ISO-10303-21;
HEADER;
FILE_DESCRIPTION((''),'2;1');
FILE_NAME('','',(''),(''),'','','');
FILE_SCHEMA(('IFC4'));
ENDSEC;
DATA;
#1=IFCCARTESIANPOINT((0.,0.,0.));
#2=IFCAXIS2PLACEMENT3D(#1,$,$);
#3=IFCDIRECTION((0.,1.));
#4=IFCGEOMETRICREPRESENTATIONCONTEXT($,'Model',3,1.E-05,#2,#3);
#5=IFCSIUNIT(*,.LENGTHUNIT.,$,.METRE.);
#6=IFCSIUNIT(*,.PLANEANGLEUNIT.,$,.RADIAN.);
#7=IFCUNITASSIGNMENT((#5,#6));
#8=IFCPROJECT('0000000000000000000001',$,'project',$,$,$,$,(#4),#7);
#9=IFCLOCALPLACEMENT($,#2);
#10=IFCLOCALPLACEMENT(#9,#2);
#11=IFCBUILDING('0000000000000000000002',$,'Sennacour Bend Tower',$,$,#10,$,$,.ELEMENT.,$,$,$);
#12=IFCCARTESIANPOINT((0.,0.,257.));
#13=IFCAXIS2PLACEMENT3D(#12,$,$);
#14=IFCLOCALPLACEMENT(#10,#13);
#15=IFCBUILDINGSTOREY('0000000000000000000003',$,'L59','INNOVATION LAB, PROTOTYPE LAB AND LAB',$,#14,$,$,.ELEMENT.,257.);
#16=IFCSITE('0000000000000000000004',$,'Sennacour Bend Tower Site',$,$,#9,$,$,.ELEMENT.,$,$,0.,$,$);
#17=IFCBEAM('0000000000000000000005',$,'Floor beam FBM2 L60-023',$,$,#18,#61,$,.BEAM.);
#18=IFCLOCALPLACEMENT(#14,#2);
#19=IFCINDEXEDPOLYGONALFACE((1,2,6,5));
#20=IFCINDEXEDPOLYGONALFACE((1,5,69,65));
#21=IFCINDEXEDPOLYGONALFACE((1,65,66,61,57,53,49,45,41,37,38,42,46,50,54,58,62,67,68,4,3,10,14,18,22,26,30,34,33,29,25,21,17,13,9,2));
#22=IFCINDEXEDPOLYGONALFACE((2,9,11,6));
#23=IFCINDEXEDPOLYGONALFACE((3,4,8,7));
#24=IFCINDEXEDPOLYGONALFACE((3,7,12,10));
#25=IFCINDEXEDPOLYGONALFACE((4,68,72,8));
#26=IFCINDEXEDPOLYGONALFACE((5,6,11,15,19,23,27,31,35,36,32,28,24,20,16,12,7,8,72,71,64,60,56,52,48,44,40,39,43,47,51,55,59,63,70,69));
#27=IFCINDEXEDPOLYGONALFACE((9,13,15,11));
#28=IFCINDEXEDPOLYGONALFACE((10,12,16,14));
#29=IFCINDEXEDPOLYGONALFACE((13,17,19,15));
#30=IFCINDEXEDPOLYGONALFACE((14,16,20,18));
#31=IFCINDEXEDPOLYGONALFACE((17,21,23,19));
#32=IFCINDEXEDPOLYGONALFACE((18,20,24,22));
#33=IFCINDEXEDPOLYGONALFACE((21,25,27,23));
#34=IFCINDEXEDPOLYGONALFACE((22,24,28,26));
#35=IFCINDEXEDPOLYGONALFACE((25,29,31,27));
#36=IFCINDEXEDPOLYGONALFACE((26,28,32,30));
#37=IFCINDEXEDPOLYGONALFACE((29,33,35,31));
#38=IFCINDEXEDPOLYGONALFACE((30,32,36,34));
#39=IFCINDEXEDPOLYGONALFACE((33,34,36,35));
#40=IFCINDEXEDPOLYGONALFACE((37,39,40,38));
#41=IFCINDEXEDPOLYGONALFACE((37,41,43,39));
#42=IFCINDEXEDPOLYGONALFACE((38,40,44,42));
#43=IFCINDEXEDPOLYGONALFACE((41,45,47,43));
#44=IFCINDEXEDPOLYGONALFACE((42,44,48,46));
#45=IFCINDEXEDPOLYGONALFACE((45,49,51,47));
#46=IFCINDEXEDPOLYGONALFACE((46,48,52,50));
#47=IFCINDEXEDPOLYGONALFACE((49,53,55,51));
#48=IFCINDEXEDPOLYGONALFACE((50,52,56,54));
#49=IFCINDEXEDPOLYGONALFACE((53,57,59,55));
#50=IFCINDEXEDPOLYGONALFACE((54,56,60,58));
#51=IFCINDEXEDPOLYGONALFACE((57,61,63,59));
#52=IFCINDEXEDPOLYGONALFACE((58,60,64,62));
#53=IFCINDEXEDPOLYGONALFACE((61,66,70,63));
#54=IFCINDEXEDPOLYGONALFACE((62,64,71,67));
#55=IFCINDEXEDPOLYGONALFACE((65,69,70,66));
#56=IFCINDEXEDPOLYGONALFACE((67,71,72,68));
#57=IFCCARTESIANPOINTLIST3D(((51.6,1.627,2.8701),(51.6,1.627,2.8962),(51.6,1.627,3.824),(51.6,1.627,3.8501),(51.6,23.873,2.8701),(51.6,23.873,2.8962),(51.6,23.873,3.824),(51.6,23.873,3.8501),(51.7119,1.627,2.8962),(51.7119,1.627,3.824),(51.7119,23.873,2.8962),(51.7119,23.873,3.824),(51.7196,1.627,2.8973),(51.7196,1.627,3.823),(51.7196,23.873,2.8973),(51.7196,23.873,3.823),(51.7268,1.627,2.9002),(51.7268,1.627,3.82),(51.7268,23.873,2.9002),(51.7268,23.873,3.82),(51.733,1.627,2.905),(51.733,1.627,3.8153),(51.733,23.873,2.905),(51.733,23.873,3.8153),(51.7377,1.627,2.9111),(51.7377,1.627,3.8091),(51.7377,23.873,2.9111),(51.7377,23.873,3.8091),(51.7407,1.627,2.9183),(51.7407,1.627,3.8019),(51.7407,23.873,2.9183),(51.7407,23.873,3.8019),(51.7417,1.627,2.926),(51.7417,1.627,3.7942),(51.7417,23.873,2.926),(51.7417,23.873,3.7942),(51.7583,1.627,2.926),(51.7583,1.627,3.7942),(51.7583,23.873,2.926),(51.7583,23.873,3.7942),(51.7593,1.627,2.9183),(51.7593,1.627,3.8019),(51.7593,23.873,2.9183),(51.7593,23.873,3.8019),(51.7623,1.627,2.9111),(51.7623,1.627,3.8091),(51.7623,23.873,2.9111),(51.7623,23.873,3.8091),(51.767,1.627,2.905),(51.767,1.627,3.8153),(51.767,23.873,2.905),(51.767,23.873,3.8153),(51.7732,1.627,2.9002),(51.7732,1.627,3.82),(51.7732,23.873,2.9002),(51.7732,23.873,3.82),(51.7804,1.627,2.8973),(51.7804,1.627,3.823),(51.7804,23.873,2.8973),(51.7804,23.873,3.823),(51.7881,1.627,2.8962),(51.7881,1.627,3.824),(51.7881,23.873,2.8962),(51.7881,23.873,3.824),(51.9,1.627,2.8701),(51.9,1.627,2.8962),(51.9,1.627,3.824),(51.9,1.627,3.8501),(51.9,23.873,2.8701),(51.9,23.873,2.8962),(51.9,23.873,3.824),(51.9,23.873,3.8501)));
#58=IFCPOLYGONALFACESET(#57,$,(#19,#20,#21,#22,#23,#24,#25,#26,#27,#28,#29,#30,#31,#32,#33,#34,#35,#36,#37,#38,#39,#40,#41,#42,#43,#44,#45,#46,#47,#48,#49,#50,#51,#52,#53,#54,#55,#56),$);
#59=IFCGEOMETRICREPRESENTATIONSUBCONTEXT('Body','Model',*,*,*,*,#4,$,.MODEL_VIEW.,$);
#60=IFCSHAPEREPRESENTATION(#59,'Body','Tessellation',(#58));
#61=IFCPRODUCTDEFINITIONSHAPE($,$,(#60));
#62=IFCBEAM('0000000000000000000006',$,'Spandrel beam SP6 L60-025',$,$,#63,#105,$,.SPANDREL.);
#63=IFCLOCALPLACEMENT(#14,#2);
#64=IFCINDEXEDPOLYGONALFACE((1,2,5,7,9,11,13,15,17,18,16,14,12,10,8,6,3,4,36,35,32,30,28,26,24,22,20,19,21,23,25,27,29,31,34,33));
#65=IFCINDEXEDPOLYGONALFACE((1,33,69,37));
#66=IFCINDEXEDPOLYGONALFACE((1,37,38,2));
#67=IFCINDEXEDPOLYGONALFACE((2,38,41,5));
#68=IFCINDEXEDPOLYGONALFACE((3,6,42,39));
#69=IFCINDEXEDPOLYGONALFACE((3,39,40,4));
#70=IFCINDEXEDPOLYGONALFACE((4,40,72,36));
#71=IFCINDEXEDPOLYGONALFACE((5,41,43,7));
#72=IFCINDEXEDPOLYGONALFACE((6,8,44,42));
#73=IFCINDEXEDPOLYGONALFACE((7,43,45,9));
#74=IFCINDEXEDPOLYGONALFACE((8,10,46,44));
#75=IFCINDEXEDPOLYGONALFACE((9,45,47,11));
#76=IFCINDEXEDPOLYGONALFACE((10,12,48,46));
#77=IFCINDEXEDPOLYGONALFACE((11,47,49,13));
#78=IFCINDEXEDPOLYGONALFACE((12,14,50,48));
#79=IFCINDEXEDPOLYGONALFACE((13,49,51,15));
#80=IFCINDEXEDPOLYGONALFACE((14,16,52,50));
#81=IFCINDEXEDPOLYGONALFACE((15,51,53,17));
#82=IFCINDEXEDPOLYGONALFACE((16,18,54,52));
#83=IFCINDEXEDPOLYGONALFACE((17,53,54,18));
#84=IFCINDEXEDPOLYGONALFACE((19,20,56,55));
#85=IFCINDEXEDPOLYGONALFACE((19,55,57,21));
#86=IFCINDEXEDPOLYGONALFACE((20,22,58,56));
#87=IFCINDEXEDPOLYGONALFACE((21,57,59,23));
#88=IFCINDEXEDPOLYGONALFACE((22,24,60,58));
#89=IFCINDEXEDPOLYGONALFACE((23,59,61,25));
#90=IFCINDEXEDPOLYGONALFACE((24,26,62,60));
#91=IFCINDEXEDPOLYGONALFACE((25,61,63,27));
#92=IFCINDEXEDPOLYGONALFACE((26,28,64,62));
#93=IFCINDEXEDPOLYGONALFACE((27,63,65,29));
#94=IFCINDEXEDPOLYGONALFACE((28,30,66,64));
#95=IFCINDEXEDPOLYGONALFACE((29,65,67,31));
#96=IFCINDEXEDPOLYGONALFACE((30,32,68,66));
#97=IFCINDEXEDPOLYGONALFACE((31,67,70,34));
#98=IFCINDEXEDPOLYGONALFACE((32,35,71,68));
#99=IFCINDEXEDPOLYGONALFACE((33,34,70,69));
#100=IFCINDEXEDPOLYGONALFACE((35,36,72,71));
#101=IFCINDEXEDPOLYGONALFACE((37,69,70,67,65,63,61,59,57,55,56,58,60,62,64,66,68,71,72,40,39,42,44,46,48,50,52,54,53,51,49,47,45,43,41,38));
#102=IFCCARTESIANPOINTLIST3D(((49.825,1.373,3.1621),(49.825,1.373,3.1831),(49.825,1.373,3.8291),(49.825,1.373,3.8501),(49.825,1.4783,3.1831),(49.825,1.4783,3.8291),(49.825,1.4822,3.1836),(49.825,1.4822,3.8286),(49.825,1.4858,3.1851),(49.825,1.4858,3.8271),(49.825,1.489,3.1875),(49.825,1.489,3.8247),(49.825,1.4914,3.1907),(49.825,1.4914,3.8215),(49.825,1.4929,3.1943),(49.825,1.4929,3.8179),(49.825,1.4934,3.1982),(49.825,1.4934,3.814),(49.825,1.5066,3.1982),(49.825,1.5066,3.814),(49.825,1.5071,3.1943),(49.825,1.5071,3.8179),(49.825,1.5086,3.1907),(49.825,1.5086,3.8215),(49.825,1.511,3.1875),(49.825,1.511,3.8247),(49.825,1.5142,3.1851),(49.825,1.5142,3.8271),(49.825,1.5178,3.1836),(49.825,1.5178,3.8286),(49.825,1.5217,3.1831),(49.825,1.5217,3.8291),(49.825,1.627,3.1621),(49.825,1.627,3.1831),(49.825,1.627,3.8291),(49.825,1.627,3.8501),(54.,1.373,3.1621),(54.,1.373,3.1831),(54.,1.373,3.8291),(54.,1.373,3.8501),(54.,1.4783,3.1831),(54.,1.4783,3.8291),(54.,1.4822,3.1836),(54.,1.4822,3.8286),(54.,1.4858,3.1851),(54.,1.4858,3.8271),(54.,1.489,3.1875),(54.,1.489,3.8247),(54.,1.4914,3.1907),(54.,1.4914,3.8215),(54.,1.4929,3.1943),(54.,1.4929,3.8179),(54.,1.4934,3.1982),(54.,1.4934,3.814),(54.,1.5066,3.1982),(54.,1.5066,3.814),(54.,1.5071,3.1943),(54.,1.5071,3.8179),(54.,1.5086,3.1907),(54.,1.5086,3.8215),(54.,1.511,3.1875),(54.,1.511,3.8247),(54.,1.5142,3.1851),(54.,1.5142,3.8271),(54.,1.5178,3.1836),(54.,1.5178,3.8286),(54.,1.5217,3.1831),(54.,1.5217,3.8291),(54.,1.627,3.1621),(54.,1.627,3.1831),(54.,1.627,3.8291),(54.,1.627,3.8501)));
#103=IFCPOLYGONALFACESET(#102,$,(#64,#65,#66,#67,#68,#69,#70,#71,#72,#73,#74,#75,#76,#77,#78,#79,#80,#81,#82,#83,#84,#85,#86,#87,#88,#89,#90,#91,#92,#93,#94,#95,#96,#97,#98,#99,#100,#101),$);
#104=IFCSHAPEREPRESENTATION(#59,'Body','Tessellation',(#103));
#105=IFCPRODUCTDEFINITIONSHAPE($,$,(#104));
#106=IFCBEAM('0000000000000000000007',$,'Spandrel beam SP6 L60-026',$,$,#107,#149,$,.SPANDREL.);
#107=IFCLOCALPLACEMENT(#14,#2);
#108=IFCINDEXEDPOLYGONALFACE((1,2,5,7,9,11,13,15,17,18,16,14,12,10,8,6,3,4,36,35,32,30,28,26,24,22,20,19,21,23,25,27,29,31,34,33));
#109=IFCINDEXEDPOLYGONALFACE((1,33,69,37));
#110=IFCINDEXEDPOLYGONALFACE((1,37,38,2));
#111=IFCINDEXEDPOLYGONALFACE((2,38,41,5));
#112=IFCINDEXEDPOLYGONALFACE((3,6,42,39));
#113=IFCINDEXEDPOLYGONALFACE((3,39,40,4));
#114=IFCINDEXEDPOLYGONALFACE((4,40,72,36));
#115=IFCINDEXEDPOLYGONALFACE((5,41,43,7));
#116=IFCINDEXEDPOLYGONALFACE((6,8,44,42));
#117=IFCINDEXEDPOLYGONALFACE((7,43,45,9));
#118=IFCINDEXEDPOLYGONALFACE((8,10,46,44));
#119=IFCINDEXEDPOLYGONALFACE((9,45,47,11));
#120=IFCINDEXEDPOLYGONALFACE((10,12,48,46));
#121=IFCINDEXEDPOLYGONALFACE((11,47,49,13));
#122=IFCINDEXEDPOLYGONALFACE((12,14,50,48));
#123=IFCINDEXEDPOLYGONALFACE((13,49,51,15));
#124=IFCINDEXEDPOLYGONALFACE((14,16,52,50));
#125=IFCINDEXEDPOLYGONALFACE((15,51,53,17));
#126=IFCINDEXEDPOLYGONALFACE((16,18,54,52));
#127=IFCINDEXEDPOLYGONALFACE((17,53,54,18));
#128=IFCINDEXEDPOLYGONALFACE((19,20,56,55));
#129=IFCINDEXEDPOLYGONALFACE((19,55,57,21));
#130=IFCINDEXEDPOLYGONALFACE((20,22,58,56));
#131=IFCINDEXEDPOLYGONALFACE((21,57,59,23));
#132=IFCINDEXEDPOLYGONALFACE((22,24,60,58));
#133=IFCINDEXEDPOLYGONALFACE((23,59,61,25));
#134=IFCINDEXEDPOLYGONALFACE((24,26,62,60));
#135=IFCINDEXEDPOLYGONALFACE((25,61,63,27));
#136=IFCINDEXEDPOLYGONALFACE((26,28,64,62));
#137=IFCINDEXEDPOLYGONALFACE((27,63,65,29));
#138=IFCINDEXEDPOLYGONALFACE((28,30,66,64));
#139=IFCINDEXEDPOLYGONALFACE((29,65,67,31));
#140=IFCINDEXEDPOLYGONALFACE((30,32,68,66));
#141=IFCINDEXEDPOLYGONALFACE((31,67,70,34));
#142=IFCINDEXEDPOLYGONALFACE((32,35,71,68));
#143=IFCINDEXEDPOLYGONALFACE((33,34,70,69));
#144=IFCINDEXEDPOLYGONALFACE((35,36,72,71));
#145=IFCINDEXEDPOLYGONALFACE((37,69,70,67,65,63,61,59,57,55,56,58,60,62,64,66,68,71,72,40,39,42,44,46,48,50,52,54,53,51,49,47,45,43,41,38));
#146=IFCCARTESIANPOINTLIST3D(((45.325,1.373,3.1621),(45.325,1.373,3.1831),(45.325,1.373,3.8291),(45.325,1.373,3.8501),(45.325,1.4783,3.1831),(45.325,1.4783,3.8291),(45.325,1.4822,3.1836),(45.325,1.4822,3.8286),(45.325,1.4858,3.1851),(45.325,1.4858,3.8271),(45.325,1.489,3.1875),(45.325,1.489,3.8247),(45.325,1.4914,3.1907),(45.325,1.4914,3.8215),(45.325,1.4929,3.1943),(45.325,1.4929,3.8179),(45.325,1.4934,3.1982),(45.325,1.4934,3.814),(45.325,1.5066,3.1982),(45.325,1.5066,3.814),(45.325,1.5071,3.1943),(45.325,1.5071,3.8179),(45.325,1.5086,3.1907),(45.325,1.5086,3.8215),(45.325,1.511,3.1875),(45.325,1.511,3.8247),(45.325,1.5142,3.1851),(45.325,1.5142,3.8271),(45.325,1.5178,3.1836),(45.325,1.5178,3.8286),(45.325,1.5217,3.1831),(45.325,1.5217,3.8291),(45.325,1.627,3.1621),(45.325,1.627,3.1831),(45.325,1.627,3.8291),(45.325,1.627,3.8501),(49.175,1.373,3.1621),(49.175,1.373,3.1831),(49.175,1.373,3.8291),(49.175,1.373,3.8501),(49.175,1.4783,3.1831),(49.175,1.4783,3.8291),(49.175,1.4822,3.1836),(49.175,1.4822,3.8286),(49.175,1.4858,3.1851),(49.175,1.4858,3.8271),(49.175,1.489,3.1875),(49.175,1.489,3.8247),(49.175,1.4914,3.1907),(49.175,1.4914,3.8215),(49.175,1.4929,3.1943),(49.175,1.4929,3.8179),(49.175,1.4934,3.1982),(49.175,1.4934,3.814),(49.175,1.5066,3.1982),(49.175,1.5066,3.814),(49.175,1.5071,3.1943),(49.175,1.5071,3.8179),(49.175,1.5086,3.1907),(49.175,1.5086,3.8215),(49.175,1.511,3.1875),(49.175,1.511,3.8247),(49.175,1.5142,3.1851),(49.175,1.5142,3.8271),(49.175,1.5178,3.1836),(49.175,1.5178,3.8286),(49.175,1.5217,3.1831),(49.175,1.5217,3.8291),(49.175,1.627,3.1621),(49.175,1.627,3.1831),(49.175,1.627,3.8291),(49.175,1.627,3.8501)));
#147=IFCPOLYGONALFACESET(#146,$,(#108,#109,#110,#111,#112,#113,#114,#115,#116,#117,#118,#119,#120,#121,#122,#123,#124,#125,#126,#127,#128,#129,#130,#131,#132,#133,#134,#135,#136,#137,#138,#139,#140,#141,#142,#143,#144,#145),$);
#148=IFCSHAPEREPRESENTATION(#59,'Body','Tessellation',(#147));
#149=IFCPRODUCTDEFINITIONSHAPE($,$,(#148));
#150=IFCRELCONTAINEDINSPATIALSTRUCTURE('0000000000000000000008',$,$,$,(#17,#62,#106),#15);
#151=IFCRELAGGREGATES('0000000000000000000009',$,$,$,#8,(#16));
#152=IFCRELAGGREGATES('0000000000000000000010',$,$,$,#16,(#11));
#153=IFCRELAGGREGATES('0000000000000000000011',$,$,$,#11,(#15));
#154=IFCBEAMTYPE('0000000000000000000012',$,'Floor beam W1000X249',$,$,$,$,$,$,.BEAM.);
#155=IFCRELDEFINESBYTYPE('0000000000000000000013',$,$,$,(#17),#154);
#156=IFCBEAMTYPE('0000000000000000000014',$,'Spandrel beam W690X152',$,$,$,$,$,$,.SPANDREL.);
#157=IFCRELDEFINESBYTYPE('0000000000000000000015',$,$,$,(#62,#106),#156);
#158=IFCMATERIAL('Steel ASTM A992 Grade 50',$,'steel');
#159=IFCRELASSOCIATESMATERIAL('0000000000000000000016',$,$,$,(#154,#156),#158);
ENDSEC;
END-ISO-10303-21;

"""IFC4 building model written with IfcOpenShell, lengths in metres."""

from ifc_helpers import new_model, si_unit, direction, frame, origin, origin_2d, place, context, subcontext, project, spatial, i_section, extrude, material, material_profile, profile_set, type_object, element, save


model = new_model("IFC4")

# Units and contexts
model_context = context("Model", 3, precision=1e-05, world=origin(), true_north=direction((0.0, 1.0)))
body_context = subcontext(model_context, "Body", "Model", "MODEL_VIEW")
ifc_project = project(units=[si_unit("LENGTHUNIT", "METRE"), si_unit("PLANEANGLEUNIT", "RADIAN")], contexts=[model_context])

# Site, building, storey
site_placement = place(None, origin())
site = spatial("IfcSite", under=ifc_project, at=site_placement, Name="Sennacour Bend Tower Site", CompositionType="ELEMENT", RefElevation=0.0)
building_placement = place(site_placement, origin())
building = spatial("IfcBuilding", under=site, at=building_placement, Name="Sennacour Bend Tower", CompositionType="ELEMENT")
storey_placement = place(building_placement, frame((0.0, 0.0, 257.0)))
storey = spatial("IfcBuildingStorey", under=building, at=storey_placement, Name="L59", Description="INNOVATION LAB, PROTOTYPE LAB AND LAB", CompositionType="ELEMENT", Elevation=257.0)

# Beams
ifc_material_1 = material(Name="Steel ASTM A992 Grade 50", Category="steel")
ifc_material_profile_1 = material_profile(ifc_material_1, i_section(OverallWidth=0.3, OverallDepth=0.98, WebThickness=0.0166, FlangeThickness=0.0261, FilletRadius=0.0298, at=origin_2d()), Name="Steel ASTM A992 Grade 50", Category="steel")
ifc_profile_set_1 = profile_set([ifc_material_profile_1], Name="Steel ASTM A992 Grade 50")
beam_type_1 = type_object("IfcBeamType", Name="Floor beam W1000X249", PredefinedType="BEAM", material=ifc_profile_set_1)
beam_1_placement = place(storey_placement, frame((51.75, 1.627, 3.3601), z_axis=(0.0, 1.0, 0.0), x_axis=(-1.0, 0.0, 0.0)))
element("IfcBeam", 1, at=beam_1_placement, inside=storey, type_object=beam_type_1, Name="Floor beam FBM2 L60-023", PredefinedType="BEAM", context=body_context, shape_type="SweptSolid", body=[
    extrude(i_section(OverallWidth=0.3, OverallDepth=0.98, WebThickness=0.0166, FlangeThickness=0.0261, FilletRadius=0.0298, at=origin_2d()), origin(), (0.0, 0.0, 1.0), 22.2461),
])
ifc_material_profile_2 = material_profile(ifc_material_1, i_section(OverallWidth=0.2539, OverallDepth=0.688, WebThickness=0.0132, FlangeThickness=0.021, FilletRadius=0.0151, at=origin_2d()), Name="Steel ASTM A992 Grade 50", Category="steel")
ifc_profile_set_2 = profile_set([ifc_material_profile_2], Name="Steel ASTM A992 Grade 50")
beam_type_2 = type_object("IfcBeamType", Name="Spandrel beam W690X152", PredefinedType="SPANDREL", material=ifc_profile_set_2)
beam_2_placement = place(storey_placement, frame((54.0, 1.5, 3.5061), z_axis=(-1.0, 0.0, 0.0), x_axis=(0.0, -1.0, 0.0)))
element("IfcBeam", 2, at=beam_2_placement, inside=storey, type_object=beam_type_2, Name="Spandrel beam SP6 L60-025", PredefinedType="SPANDREL", context=body_context, shape_type="SweptSolid", body=[
    extrude(i_section(OverallWidth=0.2539, OverallDepth=0.688, WebThickness=0.0132, FlangeThickness=0.021, FilletRadius=0.0151, at=origin_2d()), origin(), (0.0, 0.0, 1.0), 4.175),
])
beam_3_placement = place(storey_placement, frame((49.175, 1.5, 3.5061), z_axis=(-1.0, 0.0, 0.0), x_axis=(0.0, -1.0, 0.0)))
element("IfcBeam", 3, at=beam_3_placement, inside=storey, type_object=beam_type_2, Name="Spandrel beam SP6 L60-026", PredefinedType="SPANDREL", context=body_context, shape_type="SweptSolid", body=[
    extrude(i_section(OverallWidth=0.2539, OverallDepth=0.688, WebThickness=0.0132, FlangeThickness=0.021, FilletRadius=0.0151, at=origin_2d()), origin(), (0.0, 0.0, 1.0), 3.8501),
])

save(model, "model.ifc")
